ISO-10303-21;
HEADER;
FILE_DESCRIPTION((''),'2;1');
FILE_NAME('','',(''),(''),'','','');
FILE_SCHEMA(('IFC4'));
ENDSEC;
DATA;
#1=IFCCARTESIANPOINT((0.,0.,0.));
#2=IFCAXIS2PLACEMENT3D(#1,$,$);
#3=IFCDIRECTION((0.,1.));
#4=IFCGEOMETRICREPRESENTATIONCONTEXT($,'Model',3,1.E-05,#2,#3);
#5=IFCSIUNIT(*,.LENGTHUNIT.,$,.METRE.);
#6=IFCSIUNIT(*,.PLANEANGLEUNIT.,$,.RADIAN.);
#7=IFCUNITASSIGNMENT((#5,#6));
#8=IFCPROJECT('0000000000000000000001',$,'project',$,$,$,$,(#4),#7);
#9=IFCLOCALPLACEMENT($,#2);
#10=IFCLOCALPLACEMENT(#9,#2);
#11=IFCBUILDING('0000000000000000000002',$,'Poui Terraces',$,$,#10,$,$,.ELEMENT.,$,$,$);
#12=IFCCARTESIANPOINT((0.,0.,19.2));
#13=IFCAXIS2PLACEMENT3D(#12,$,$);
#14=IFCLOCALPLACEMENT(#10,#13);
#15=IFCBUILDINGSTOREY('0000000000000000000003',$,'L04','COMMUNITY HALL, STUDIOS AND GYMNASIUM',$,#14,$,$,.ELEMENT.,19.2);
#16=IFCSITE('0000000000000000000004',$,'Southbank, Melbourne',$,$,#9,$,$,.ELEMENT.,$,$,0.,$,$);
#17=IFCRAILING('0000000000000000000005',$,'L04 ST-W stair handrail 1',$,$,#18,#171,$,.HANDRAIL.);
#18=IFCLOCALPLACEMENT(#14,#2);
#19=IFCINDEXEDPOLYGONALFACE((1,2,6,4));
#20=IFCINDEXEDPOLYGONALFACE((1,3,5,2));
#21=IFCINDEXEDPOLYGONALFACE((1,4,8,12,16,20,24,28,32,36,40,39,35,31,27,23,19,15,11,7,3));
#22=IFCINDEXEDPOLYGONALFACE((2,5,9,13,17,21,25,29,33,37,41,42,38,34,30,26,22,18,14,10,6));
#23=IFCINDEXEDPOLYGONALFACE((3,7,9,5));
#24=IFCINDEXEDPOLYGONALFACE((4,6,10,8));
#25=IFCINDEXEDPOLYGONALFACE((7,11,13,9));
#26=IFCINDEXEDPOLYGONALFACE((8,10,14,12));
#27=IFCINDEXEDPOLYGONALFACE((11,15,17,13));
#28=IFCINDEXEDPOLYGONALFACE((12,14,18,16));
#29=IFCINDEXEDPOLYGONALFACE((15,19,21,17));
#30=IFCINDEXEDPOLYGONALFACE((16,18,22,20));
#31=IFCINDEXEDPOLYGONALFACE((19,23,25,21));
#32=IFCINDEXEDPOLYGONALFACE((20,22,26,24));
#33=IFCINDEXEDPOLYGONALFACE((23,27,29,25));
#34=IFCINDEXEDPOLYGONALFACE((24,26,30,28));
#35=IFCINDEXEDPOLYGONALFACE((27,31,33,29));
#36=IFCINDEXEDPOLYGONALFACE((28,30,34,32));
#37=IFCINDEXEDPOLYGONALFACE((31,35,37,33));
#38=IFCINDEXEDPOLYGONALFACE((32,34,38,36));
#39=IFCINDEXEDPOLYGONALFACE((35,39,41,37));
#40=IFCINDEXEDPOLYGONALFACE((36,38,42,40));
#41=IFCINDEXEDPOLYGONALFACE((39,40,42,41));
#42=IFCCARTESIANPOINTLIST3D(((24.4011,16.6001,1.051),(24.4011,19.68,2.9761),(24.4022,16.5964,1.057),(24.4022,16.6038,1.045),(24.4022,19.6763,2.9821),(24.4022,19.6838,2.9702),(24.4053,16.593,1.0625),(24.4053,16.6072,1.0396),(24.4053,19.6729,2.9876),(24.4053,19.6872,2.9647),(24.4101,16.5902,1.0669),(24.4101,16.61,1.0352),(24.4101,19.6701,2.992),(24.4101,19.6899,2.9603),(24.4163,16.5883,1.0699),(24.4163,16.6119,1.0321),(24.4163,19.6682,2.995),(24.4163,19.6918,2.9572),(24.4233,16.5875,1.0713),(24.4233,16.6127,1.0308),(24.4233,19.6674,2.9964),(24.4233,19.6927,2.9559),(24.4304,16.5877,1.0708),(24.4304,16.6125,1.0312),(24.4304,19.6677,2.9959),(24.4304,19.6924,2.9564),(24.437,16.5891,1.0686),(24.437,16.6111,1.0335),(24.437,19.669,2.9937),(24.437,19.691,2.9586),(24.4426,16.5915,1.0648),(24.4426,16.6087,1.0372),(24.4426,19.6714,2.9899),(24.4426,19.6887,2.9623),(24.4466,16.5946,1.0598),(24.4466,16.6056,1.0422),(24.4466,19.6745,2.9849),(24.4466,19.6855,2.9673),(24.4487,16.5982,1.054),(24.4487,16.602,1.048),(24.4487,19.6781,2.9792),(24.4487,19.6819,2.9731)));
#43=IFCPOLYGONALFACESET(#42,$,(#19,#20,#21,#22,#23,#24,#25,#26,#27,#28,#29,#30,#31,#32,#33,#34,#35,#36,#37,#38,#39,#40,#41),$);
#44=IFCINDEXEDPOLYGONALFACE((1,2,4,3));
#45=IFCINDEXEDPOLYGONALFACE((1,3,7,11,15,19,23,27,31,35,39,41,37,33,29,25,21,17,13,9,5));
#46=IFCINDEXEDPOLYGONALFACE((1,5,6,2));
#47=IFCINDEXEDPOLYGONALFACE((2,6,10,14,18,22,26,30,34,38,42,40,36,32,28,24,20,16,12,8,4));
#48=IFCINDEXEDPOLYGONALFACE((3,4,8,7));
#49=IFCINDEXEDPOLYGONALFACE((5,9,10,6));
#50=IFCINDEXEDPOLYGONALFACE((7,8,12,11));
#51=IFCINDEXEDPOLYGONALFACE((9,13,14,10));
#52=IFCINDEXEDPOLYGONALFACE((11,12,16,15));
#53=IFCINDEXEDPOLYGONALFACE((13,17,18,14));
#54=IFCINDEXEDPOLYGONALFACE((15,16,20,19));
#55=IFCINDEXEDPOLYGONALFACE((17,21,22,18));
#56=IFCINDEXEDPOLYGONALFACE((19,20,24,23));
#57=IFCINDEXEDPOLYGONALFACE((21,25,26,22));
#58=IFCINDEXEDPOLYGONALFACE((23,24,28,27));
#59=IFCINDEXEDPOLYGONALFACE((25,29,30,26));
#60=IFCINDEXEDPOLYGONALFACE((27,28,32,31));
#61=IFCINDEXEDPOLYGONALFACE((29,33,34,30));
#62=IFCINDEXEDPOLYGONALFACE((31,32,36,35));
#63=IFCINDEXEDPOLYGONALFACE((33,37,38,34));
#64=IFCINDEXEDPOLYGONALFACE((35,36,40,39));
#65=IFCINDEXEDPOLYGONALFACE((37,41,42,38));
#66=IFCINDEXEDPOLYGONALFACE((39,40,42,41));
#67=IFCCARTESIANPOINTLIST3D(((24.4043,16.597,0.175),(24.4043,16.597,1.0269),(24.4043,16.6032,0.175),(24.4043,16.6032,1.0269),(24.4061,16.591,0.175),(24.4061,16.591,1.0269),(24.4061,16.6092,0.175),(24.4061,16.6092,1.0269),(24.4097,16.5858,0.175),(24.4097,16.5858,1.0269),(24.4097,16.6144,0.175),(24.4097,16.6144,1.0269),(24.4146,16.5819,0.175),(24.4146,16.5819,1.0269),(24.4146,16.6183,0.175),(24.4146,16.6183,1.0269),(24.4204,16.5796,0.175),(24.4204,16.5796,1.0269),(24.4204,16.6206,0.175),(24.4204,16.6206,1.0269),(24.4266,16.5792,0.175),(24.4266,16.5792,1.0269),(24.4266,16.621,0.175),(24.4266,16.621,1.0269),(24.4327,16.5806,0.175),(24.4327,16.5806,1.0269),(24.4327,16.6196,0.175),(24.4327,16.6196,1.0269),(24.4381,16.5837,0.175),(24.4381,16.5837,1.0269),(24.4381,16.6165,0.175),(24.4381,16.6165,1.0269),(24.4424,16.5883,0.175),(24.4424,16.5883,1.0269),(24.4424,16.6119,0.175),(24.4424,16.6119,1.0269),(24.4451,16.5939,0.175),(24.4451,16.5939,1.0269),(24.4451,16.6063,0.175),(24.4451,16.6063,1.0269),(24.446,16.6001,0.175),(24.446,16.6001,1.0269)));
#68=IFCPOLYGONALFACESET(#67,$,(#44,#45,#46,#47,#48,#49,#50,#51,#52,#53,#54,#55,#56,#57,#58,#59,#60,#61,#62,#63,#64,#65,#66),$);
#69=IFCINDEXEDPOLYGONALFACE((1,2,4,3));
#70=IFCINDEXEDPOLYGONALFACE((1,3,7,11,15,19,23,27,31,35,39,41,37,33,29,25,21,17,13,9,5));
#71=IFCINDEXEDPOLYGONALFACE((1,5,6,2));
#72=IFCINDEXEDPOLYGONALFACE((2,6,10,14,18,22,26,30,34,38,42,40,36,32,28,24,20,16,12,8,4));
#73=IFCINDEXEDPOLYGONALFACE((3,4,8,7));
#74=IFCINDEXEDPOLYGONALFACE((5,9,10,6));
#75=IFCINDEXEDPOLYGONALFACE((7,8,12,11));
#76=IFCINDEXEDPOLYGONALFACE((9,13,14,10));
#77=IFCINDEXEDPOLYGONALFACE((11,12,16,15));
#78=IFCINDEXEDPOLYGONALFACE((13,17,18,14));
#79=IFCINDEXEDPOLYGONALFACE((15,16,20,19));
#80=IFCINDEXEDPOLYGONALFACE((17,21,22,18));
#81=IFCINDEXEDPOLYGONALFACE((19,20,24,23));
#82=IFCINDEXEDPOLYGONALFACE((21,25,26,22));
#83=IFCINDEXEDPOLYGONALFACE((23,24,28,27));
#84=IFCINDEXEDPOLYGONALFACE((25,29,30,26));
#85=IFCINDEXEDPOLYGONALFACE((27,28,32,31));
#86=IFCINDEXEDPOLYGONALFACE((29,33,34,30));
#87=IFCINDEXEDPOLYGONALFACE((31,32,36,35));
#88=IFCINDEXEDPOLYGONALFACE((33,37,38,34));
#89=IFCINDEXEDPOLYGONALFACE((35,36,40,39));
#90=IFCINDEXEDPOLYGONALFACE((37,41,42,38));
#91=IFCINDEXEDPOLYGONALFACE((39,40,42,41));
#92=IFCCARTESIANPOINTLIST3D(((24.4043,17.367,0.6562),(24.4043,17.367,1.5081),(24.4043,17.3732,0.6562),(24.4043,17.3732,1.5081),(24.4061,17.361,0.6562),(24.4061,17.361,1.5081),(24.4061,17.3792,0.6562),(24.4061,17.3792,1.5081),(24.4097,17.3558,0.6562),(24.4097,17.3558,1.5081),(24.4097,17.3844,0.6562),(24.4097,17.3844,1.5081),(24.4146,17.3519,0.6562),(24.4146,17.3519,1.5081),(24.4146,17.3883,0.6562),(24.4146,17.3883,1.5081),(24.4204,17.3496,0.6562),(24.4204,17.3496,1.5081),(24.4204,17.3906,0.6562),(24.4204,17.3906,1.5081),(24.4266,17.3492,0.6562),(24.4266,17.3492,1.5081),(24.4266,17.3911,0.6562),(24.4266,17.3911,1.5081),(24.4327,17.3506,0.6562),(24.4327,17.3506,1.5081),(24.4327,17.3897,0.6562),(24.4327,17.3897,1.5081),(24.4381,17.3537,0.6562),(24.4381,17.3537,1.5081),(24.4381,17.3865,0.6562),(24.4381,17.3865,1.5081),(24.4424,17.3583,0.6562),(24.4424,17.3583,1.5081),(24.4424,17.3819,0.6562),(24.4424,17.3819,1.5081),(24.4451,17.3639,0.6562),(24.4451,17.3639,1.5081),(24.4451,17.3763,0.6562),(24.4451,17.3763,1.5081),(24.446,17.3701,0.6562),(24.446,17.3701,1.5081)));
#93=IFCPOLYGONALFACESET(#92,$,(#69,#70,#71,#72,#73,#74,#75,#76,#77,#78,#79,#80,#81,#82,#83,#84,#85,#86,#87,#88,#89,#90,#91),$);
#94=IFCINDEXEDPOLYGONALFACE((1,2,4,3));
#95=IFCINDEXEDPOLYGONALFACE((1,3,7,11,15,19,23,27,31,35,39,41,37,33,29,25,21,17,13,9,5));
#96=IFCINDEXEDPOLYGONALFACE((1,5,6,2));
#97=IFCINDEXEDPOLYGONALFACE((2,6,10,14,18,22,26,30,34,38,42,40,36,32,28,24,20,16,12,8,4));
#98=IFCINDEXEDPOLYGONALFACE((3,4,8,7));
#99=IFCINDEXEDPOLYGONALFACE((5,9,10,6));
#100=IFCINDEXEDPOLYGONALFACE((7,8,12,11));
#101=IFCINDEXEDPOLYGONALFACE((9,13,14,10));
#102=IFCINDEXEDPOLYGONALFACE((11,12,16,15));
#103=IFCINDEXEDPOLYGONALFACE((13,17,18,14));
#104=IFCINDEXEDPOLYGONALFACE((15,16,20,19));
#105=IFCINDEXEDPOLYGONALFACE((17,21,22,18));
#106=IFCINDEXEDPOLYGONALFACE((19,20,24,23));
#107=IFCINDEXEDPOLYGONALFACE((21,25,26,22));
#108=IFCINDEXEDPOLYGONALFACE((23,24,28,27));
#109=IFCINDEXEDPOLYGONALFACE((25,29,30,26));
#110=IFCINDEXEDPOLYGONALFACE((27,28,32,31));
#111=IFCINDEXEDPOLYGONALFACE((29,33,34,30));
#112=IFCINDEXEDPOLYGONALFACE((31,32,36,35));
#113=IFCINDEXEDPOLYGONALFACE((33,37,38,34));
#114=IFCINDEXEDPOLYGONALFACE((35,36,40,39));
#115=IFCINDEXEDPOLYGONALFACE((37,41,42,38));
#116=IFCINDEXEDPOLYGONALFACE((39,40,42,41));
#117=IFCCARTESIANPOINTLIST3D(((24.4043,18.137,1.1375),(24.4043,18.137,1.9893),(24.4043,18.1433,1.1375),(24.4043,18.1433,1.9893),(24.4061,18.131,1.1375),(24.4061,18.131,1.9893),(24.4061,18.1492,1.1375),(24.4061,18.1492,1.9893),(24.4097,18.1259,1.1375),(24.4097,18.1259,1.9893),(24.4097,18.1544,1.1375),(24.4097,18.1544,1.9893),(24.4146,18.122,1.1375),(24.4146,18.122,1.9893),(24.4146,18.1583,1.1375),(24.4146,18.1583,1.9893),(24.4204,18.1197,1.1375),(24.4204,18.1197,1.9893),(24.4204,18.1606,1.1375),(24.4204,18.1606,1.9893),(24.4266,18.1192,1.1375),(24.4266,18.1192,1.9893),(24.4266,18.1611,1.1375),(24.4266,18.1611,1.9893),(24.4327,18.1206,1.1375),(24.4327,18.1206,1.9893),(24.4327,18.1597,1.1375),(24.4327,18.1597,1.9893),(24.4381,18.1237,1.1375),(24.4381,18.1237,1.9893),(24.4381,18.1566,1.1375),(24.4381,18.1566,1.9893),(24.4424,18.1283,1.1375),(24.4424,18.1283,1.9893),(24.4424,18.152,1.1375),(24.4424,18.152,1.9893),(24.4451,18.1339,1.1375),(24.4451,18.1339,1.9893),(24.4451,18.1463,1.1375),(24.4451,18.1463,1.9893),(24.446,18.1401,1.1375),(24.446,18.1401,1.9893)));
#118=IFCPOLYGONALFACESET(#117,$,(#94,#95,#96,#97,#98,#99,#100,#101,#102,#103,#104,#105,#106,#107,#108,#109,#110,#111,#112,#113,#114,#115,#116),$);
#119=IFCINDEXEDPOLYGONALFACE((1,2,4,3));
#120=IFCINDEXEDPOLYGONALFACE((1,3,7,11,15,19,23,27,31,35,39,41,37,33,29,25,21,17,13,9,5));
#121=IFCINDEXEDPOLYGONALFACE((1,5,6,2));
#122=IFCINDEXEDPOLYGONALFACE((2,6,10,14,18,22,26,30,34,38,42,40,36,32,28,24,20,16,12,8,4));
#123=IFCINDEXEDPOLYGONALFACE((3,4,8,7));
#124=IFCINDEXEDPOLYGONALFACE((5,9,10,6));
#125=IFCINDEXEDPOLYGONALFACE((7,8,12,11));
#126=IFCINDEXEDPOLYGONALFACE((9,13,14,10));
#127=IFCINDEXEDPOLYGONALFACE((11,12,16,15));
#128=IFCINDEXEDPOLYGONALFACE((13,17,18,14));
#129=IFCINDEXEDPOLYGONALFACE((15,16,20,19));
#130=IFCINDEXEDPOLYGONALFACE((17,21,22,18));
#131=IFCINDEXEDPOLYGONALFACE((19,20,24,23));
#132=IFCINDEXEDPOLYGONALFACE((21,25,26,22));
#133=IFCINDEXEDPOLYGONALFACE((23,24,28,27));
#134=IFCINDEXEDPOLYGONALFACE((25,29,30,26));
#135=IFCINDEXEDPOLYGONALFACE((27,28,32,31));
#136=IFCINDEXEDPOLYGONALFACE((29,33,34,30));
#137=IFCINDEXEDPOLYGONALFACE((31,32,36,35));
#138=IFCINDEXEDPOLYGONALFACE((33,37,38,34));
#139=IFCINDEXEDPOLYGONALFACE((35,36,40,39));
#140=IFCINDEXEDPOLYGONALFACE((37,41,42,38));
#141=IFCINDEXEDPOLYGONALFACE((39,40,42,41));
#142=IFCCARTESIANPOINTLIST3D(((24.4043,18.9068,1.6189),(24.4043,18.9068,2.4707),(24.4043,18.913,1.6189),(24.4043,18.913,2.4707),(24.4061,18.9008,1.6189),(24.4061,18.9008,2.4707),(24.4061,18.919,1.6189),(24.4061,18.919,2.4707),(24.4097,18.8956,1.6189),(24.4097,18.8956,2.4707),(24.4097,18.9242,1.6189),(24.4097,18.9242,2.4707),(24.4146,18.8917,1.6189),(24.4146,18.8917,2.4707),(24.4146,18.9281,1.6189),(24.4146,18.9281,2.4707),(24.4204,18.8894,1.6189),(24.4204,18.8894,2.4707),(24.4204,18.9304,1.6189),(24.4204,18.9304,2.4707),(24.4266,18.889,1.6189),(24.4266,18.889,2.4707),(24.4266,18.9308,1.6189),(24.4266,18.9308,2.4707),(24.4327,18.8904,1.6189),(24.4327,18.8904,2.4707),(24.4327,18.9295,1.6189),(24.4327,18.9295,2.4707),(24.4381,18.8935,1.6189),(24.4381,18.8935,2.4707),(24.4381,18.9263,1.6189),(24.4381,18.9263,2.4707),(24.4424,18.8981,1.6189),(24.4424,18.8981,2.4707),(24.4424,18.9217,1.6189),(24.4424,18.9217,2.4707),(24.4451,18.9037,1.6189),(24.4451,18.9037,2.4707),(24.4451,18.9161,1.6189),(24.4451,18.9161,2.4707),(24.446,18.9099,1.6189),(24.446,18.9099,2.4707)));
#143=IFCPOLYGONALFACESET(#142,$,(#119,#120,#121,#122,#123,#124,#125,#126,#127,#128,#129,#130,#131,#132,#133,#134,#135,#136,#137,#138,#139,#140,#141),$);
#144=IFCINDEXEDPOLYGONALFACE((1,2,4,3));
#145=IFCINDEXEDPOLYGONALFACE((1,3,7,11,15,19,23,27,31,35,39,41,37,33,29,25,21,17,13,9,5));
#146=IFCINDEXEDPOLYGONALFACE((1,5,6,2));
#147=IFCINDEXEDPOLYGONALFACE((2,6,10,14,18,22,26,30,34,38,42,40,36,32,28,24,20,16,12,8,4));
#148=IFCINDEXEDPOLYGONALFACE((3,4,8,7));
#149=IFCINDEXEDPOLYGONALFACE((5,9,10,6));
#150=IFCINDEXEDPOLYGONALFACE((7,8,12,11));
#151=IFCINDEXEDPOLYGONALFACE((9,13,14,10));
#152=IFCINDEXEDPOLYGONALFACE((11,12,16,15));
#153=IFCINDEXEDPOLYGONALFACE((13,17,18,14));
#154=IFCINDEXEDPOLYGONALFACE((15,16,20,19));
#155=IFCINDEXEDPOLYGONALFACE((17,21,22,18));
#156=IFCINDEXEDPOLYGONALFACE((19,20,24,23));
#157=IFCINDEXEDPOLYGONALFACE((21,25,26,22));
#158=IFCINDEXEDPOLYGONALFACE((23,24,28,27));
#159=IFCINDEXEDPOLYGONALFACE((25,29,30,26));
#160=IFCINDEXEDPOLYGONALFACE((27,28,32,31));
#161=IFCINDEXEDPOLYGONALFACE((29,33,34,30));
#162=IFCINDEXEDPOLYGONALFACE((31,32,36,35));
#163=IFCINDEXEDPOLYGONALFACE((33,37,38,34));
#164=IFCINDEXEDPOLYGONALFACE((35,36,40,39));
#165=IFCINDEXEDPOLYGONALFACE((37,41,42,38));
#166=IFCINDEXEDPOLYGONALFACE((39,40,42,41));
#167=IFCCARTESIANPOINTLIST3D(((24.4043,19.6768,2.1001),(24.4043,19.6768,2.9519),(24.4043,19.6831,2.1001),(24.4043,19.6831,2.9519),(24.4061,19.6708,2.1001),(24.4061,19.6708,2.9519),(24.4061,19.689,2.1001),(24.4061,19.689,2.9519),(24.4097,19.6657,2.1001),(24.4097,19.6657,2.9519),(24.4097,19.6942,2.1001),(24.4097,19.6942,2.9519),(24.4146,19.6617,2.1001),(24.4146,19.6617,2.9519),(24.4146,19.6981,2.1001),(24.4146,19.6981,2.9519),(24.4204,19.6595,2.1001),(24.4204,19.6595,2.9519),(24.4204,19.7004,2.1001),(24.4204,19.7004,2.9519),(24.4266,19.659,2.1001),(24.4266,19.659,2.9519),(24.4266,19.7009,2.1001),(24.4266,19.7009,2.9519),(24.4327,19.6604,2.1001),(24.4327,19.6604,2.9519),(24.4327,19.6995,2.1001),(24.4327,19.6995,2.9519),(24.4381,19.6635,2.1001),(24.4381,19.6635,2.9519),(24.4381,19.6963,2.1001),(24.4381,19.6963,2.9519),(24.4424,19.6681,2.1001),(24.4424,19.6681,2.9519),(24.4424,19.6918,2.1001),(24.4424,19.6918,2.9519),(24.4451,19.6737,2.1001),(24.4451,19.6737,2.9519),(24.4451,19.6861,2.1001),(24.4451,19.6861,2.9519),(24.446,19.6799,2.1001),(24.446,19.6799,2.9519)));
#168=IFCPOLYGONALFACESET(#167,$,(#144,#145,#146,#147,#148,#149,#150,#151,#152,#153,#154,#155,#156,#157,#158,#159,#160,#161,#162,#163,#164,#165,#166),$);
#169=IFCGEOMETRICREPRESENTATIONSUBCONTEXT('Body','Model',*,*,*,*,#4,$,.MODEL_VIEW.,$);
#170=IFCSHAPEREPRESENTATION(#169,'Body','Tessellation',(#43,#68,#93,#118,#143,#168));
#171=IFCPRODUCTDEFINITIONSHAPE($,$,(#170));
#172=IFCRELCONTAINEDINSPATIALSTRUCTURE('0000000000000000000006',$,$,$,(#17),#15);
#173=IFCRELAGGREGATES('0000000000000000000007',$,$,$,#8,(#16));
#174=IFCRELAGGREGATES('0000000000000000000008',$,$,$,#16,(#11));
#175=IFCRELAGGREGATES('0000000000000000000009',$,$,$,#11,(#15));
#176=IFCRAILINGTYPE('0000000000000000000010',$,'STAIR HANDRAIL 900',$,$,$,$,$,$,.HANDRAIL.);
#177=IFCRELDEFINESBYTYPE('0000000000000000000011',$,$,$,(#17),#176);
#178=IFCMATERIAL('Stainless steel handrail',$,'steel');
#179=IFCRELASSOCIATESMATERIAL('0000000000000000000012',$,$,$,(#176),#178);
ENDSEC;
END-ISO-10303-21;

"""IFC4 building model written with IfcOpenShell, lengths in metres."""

from ifc_helpers import new_model, si_unit, direction, frame, origin, origin_2d, place, context, subcontext, project, spatial, circle, extrude, material, type_object, element, save


model = new_model("IFC4")

# Units and contexts
model_context = context("Model", 3, precision=1e-05, world=origin(), true_north=direction((0.0, 1.0)))
body_context = subcontext(model_context, "Body", "Model", "MODEL_VIEW")
ifc_project = project(units=[si_unit("LENGTHUNIT", "METRE"), si_unit("PLANEANGLEUNIT", "RADIAN")], contexts=[model_context])

# Site, building, storey
site_placement = place(None, origin())
site = spatial("IfcSite", under=ifc_project, at=site_placement, Name="Southbank, Melbourne", CompositionType="ELEMENT", RefElevation=0.0)
building_placement = place(site_placement, origin())
building = spatial("IfcBuilding", under=site, at=building_placement, Name="Poui Terraces", CompositionType="ELEMENT")
storey_placement = place(building_placement, frame((0.0, 0.0, 19.2)))
storey = spatial("IfcBuildingStorey", under=building, at=storey_placement, Name="L04", Description="COMMUNITY HALL, STUDIOS AND GYMNASIUM", CompositionType="ELEMENT", Elevation=19.2)

# Railing
ifc_material_1 = material(Name="Stainless steel handrail", Category="steel")
railing_type_1 = type_object("IfcRailingType", Name="STAIR HANDRAIL 900", PredefinedType="HANDRAIL", material=ifc_material_1)
railing_1_placement = place(storey_placement, frame((24.425, 16.6001, 0.175)))
element("IfcRailing", 1, at=railing_1_placement, inside=storey, type_object=railing_type_1, Name="L04 ST-W stair handrail 1", PredefinedType="HANDRAIL", context=body_context, shape_type="SweptSolid", body=[
    extrude(circle(Radius=0.0239, at=origin_2d()), frame((0.0, 0.0, 0.876), z_axis=(0.0, 0.847979, 0.530029), x_axis=(-1.0, 0.0, 0.0)), (0.0, 0.0, 1.0), 3.6321),
    extrude(circle(Radius=0.021, at=origin_2d()), origin(), (0.0, 0.0, 1.0), 0.8518),
    extrude(circle(Radius=0.021, at=origin_2d()), frame((0.0, 0.77, 0.4812)), (0.0, 0.0, 1.0), 0.8518),
    extrude(circle(Radius=0.021, at=origin_2d()), frame((0.0, 1.54, 0.9624)), (0.0, 0.0, 1.0), 0.8518),
    extrude(circle(Radius=0.021, at=origin_2d()), frame((0.0, 2.3098, 1.4438)), (0.0, 0.0, 1.0), 0.8518),
    extrude(circle(Radius=0.021, at=origin_2d()), frame((0.0, 3.0798, 1.925)), (0.0, 0.0, 1.0), 0.8518),
])

save(model, "model.ifc")
